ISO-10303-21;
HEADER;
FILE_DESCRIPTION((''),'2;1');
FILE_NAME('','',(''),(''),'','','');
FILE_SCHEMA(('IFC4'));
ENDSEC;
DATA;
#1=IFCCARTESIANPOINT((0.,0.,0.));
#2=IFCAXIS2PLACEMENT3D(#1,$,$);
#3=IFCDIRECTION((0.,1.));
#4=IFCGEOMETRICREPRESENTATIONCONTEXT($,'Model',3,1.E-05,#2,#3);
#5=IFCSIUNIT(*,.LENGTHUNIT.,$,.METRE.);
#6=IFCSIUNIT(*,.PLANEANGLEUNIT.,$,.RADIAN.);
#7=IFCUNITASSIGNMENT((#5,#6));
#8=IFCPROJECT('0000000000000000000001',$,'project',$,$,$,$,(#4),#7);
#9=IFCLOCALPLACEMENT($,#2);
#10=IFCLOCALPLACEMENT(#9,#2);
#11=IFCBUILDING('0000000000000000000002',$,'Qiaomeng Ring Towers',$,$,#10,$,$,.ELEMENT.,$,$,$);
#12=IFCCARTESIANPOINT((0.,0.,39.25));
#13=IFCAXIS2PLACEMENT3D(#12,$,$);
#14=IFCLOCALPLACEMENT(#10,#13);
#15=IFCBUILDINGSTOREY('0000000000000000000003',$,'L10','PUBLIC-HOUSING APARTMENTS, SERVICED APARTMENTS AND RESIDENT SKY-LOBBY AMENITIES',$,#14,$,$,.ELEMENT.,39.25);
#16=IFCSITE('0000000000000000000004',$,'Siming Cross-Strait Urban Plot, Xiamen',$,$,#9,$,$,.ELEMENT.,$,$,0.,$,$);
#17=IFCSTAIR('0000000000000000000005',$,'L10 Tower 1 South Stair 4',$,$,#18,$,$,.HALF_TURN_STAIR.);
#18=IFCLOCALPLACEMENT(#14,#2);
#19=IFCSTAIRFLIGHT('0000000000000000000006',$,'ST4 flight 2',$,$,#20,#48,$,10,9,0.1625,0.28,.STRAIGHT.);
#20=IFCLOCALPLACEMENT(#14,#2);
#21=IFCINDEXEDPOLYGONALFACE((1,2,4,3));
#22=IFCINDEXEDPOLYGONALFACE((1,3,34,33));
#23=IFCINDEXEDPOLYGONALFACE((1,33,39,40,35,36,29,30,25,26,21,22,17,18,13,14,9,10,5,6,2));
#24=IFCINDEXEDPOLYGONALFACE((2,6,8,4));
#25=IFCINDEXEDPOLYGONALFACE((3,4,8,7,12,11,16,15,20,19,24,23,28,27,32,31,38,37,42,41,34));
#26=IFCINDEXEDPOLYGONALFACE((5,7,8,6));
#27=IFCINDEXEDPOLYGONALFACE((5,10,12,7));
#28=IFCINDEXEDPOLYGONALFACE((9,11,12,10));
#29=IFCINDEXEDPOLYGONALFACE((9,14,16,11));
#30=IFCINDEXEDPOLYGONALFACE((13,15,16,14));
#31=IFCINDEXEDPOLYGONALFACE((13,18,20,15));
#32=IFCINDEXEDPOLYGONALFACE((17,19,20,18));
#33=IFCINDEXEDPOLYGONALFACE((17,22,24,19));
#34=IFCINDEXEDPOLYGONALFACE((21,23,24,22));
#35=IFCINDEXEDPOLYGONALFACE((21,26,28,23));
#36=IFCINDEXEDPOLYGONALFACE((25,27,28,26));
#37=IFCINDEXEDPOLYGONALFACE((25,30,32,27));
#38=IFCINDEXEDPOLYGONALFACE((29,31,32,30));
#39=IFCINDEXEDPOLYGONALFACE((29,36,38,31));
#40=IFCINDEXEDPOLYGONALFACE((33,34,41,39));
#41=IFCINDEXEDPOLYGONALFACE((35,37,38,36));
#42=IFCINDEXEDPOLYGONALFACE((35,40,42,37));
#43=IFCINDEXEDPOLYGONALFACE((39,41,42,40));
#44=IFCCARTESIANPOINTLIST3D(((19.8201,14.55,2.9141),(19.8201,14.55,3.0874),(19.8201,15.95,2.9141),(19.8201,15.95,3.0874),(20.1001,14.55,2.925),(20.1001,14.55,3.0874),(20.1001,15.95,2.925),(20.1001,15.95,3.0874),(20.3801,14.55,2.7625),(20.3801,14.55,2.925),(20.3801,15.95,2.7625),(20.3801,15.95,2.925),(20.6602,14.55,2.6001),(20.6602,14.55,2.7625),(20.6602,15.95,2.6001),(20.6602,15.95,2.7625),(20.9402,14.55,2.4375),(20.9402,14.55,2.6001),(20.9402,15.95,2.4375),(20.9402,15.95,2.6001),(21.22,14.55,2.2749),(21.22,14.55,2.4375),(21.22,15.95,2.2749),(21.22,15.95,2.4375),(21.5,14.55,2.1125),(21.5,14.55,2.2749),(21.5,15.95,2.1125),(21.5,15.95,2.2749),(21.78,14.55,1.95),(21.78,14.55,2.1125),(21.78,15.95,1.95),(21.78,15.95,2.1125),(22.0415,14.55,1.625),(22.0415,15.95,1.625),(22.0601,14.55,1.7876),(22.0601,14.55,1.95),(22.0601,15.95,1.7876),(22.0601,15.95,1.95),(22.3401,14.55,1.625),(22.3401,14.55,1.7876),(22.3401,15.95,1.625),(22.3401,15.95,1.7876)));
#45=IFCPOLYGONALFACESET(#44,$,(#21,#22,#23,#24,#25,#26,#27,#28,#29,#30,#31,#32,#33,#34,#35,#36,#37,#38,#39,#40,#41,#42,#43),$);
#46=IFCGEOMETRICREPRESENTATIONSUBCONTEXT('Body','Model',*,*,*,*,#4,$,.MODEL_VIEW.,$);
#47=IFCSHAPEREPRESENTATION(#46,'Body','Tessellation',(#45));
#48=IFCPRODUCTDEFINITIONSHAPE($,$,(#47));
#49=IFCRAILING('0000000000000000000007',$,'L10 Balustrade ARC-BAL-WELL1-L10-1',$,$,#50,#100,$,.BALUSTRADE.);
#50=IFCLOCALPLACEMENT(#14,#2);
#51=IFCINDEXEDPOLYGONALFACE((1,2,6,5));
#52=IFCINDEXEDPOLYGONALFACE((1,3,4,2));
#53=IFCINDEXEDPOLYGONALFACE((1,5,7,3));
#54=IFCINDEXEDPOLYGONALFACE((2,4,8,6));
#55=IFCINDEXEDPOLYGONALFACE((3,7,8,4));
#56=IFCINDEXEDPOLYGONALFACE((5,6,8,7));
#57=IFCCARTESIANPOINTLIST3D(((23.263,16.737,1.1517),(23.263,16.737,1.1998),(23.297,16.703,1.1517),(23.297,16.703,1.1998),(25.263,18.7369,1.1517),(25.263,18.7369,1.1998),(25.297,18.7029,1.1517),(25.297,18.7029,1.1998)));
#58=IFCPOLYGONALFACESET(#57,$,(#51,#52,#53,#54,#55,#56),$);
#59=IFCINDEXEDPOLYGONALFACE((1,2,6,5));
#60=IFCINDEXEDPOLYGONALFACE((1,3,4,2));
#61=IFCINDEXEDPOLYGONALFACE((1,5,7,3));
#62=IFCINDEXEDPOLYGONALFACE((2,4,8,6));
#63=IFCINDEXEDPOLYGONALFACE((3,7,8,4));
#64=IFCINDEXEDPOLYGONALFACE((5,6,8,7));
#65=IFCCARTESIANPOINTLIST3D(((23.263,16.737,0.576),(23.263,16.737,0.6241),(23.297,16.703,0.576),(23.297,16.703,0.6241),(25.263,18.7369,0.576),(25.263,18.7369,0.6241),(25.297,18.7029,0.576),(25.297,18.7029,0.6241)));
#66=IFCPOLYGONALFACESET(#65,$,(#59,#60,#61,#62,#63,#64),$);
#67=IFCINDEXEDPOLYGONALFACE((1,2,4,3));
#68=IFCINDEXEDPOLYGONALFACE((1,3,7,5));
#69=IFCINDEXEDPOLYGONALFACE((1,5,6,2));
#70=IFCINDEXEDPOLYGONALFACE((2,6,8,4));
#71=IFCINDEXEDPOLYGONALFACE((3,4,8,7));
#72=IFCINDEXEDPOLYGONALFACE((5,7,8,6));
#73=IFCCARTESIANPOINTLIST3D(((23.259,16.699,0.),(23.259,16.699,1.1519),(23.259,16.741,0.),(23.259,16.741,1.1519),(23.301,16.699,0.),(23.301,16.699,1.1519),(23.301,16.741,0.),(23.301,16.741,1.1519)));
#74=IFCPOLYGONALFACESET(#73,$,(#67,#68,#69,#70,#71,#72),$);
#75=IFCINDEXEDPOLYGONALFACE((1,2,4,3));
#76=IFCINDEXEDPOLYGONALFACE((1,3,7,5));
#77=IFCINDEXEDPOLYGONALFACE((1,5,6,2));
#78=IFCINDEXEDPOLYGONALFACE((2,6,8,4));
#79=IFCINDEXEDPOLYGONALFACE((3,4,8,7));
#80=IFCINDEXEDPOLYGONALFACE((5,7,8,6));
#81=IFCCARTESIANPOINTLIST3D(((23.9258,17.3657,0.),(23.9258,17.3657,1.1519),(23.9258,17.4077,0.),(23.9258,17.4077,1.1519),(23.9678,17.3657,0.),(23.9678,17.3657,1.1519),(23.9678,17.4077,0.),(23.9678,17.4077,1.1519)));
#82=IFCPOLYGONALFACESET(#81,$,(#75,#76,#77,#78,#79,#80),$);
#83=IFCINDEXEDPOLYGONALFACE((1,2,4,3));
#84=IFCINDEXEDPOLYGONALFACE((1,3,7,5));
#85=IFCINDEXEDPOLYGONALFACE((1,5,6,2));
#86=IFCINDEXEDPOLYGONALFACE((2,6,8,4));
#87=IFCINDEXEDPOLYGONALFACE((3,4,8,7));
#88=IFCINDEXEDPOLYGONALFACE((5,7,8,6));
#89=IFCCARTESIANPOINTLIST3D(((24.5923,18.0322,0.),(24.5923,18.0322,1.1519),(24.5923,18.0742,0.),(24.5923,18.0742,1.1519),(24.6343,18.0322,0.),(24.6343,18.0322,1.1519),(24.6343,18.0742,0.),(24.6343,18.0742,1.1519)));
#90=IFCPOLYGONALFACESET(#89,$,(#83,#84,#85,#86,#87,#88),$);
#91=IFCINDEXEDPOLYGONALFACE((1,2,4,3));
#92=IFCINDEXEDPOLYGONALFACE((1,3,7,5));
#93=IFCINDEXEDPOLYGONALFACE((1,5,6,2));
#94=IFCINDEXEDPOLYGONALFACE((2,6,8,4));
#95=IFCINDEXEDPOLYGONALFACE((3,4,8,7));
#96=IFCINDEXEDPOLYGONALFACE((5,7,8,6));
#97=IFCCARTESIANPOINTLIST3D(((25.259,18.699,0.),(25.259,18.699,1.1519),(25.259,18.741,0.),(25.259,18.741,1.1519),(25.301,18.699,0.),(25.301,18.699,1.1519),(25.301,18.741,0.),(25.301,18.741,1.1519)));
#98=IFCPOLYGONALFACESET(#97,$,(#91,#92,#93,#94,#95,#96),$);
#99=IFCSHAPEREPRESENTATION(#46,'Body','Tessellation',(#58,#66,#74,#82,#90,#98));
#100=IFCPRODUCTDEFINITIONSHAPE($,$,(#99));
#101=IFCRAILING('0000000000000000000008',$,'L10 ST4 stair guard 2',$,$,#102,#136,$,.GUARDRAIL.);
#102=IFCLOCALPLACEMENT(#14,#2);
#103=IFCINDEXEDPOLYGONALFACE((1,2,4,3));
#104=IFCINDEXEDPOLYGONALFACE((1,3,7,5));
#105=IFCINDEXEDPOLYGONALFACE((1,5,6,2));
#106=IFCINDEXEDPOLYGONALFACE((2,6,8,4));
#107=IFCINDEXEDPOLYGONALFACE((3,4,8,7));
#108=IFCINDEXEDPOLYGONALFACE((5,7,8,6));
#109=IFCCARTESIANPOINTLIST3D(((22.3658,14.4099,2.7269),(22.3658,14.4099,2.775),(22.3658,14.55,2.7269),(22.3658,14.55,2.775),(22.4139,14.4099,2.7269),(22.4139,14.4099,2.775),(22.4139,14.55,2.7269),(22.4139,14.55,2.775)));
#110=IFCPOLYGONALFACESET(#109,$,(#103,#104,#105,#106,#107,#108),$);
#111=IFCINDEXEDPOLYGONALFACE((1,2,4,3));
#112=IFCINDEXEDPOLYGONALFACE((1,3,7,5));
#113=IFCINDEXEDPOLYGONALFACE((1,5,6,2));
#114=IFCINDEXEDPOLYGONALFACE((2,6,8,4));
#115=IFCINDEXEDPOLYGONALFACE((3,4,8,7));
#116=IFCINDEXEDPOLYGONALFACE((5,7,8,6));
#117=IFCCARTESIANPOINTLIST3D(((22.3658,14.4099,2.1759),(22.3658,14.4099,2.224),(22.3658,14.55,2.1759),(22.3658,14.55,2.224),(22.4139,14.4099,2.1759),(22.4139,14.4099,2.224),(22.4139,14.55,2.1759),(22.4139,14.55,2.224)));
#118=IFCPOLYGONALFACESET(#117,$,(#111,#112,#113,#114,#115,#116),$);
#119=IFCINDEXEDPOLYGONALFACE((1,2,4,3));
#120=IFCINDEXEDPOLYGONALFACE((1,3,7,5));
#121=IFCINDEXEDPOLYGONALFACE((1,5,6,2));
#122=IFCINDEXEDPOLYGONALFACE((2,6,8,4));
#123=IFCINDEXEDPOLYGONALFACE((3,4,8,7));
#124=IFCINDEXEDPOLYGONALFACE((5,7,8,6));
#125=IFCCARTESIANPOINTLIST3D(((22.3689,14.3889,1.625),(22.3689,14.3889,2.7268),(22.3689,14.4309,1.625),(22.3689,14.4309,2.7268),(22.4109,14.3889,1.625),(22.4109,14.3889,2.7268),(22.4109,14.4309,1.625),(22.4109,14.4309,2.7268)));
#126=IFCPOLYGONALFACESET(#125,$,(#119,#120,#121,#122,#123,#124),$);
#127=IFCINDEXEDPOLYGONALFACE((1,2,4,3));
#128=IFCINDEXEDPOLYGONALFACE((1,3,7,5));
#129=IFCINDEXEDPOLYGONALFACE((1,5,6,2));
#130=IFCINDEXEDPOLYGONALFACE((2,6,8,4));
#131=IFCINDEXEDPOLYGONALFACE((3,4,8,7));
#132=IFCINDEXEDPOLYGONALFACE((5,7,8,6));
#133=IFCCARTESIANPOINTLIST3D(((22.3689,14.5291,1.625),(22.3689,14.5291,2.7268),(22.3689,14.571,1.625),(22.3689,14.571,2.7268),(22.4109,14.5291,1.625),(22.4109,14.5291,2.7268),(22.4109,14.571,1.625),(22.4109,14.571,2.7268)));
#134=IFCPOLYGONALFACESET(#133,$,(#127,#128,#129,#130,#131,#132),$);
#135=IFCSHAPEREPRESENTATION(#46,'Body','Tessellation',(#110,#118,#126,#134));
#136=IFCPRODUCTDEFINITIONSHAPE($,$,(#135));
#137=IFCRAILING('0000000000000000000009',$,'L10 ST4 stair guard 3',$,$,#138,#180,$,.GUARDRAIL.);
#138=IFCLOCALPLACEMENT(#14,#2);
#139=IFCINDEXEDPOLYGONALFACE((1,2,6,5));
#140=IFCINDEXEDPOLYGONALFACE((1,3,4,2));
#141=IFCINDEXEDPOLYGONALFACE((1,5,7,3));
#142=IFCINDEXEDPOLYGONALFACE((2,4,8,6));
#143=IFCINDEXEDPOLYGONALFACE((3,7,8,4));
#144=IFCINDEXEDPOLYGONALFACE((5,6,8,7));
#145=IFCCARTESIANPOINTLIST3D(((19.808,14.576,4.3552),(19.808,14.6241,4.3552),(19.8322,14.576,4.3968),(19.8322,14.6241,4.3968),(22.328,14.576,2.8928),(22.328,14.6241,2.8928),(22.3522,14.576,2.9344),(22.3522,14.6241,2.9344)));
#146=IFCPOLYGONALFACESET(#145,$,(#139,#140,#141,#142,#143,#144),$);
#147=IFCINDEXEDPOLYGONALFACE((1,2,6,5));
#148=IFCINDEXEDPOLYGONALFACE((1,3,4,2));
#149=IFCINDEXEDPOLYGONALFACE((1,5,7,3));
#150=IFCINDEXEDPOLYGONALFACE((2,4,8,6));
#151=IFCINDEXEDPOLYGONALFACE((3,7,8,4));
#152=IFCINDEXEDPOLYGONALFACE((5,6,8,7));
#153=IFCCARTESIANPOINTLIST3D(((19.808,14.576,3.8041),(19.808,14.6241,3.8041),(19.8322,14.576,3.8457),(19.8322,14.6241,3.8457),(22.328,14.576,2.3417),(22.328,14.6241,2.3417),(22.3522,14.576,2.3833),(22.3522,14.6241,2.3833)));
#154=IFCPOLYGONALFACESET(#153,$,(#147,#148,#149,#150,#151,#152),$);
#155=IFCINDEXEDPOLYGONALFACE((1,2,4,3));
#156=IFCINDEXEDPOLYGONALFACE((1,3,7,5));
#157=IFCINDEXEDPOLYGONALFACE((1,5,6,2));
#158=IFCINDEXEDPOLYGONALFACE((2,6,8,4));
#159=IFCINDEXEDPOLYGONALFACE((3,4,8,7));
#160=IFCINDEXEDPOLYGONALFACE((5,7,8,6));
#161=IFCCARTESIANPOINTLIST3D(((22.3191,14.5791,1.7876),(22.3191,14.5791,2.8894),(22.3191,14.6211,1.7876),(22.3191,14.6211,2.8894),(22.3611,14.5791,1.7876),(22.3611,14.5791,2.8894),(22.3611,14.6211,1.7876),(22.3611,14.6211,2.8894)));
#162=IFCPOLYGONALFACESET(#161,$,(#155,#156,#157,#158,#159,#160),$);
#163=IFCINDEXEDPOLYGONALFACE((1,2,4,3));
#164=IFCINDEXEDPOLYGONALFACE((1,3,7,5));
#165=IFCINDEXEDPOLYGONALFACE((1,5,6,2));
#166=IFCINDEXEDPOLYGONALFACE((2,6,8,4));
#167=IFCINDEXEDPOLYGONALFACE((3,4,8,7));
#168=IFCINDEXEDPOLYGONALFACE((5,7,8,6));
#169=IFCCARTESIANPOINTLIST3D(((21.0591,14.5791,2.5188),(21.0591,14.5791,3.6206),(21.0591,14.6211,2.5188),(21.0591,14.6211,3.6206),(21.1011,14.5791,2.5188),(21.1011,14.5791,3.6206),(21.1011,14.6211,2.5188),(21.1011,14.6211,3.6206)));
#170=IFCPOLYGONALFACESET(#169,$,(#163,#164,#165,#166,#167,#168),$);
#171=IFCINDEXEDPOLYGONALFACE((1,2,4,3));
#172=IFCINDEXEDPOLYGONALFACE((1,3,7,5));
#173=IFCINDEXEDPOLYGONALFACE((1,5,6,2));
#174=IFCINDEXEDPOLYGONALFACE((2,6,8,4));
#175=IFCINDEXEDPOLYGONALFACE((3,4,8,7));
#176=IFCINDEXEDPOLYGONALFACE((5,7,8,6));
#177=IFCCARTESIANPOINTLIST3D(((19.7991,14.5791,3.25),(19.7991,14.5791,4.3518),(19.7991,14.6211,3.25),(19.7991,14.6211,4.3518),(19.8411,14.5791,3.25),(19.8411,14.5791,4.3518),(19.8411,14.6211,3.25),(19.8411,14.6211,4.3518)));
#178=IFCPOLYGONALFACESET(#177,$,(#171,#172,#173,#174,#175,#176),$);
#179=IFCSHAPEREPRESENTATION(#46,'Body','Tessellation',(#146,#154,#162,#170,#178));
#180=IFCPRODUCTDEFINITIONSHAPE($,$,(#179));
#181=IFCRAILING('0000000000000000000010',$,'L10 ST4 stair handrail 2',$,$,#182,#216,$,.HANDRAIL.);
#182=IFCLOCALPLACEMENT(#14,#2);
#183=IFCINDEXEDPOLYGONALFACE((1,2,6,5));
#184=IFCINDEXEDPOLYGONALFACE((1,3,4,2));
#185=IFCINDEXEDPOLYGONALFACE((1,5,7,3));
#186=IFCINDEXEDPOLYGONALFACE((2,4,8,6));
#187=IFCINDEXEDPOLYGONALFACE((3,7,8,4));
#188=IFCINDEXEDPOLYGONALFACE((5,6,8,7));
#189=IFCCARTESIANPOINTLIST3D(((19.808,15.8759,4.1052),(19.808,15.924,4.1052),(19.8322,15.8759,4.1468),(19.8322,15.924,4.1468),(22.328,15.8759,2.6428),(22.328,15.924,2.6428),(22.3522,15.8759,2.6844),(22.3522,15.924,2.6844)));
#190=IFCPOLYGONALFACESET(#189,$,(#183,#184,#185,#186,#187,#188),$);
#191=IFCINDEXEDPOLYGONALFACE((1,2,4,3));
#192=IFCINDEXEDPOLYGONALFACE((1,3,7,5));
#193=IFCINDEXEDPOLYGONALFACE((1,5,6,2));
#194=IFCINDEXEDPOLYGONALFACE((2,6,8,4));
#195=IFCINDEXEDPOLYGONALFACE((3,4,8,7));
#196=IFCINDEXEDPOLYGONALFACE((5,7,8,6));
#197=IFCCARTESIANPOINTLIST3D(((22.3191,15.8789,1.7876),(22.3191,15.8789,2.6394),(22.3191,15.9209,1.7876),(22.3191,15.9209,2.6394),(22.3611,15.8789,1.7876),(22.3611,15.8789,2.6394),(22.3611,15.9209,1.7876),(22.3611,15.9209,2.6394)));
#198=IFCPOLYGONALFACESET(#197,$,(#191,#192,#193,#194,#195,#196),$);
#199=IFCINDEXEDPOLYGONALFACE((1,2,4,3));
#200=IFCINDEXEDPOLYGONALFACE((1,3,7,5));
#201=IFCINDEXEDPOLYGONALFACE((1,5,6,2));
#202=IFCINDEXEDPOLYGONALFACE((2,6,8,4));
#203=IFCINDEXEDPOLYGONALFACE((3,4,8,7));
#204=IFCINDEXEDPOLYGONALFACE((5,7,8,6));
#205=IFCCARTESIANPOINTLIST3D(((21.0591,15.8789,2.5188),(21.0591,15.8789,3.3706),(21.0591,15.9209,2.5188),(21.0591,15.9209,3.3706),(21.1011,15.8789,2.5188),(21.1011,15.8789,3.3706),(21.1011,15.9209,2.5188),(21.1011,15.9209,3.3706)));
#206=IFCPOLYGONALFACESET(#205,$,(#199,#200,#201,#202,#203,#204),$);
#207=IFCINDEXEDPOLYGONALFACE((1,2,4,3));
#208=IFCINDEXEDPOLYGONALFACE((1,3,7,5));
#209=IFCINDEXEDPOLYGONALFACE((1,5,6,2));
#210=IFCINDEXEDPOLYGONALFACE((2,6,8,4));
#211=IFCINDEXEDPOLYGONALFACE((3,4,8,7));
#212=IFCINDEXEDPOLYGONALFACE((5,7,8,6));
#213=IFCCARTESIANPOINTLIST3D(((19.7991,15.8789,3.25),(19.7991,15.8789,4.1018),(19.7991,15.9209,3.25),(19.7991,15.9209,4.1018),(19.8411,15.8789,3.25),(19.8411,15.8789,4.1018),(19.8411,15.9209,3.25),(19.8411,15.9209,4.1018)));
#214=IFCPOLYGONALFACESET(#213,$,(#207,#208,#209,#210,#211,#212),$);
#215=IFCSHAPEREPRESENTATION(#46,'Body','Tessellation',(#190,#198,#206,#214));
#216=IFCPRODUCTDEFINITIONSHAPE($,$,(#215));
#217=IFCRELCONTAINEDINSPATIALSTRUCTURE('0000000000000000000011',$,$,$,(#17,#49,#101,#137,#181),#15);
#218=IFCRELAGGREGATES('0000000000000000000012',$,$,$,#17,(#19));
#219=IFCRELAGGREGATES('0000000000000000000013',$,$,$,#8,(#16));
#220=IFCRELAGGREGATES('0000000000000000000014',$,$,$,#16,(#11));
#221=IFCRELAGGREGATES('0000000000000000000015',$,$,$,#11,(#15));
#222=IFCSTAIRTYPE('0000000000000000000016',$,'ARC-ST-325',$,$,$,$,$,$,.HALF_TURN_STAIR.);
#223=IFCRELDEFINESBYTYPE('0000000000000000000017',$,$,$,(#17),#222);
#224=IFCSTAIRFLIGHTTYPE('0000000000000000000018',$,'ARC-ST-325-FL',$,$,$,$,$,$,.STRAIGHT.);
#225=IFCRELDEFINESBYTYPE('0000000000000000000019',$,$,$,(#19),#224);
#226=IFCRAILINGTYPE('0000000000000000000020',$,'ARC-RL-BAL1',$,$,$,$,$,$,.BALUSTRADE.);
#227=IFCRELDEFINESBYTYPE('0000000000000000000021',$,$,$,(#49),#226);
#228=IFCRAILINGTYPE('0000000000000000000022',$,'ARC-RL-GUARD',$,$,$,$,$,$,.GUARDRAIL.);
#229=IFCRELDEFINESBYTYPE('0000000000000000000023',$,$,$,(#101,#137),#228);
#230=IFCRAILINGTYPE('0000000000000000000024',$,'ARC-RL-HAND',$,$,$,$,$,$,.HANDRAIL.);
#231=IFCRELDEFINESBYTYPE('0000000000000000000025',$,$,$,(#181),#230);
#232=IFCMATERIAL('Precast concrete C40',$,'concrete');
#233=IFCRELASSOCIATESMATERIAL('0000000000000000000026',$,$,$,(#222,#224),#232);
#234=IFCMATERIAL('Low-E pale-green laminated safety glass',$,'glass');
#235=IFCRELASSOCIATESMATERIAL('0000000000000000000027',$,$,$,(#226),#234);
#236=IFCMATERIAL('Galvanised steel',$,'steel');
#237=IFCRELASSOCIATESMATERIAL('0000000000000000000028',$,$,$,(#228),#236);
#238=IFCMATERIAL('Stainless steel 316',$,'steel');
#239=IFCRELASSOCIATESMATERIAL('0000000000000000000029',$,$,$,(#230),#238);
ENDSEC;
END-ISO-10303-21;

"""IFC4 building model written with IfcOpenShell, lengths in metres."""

from ifc_helpers import new_model, si_unit, direction, frame, origin, origin_2d, place, context, subcontext, project, spatial, polyline, rectangle, outline, extrude, source, transform, mapped, material, type_object, element, aggregate, save


model = new_model("IFC4")

# Units and contexts
model_context = context("Model", 3, precision=1e-05, world=origin(), true_north=direction((0.0, 1.0)))
body_context = subcontext(model_context, "Body", "Model", "MODEL_VIEW")
ifc_project = project(units=[si_unit("LENGTHUNIT", "METRE"), si_unit("PLANEANGLEUNIT", "RADIAN")], contexts=[model_context])

# Site, building, storey
site_placement = place(None, origin())
site = spatial("IfcSite", under=ifc_project, at=site_placement, Name="Siming Cross-Strait Urban Plot, Xiamen", CompositionType="ELEMENT", RefElevation=0.0)
building_placement = place(site_placement, origin())
building = spatial("IfcBuilding", under=site, at=building_placement, Name="Qiaomeng Ring Towers", CompositionType="ELEMENT")
storey_placement = place(building_placement, frame((0.0, 0.0, 39.25)))
storey = spatial("IfcBuildingStorey", under=building, at=storey_placement, Name="L10", Description="PUBLIC-HOUSING APARTMENTS, SERVICED APARTMENTS AND RESIDENT SKY-LOBBY AMENITIES", CompositionType="ELEMENT", Elevation=39.25)

# Shared definitions
ifc_material_1 = material(Name="Galvanised steel", Category="steel")

# Shared definitions
ifc_material_2 = material(Name="Stainless steel 316", Category="steel")

# Stair, stair flight
ifc_material_3 = material(Name="Precast concrete C40", Category="concrete")
stair_type = type_object("IfcStairType", Name="ARC-ST-325", PredefinedType="HALF_TURN_STAIR", material=ifc_material_3)
stair_placement = place(storey_placement, origin())
stair = element("IfcStair", 1, at=stair_placement, inside=storey, type_object=stair_type, Name="L10 Tower 1 South Stair 4", PredefinedType="HALF_TURN_STAIR")
stair_flight_type = type_object("IfcStairFlightType", Name="ARC-ST-325-FL", PredefinedType="STRAIGHT", material=ifc_material_3)
shared_shape_1 = source(origin(), body_context, "Body", "SweptSolid", [
    extrude(outline(polyline([(0.0, 0.0), (0.0, 0.1626), (0.28, 0.1626), (0.28, 0.325), (0.5601, 0.325), (0.5601, 0.4875), (0.8401, 0.4875), (0.8401, 0.6499), (1.1201, 0.6499), (1.1201, 0.8125), (1.3999, 0.8125), (1.3999, 0.9751), (1.6799, 0.9751), (1.6799, 1.1375), (1.96, 1.1375), (1.96, 1.3), (2.24, 1.3), (2.24, 1.4624), (2.52, 1.4624), (2.52, 1.625), (2.52, 1.2891), (0.2986, 0.0), (0.0, 0.0)])), frame((0.0, 0.7, 0.0), z_axis=(0.0, -1.0, 0.0), x_axis=(1.0, 0.0, 0.0)), (0.0, 0.0, 1.0), 1.3999),
])
stair_flight_placement = place(storey_placement, frame((22.3401, 15.25, 1.625), z_axis=(0.0, 0.0, 1.0), x_axis=(-1.0, 0.0, 0.0)))
stair_flight = element("IfcStairFlight", 2, at=stair_flight_placement, type_object=stair_flight_type, Name="ST4 flight 2", NumberOfRisers=10, NumberOfTreads=9, PredefinedType="STRAIGHT", RiserHeight=0.1625, TreadLength=0.28, context=body_context, shape_type="MappedRepresentation", body=[
    mapped(shared_shape_1, transform((0.0, 0.0, 0.0), x_axis=(1.0, 0.0, 0.0), y_axis=(0.0, 1.0, 0.0), z_axis=(0.0, 0.0, 1.0), scale=1.0)),
])
aggregate(stair, [stair_flight])

# Railings
ifc_material_4 = material(Name="Low-E pale-green laminated safety glass", Category="glass")
railing_type_1 = type_object("IfcRailingType", Name="ARC-RL-BAL1", PredefinedType="BALUSTRADE", material=ifc_material_4)
railing_1_placement = place(storey_placement, frame((23.28, 16.72, 0.0)))
element("IfcRailing", 3, at=railing_1_placement, inside=storey, type_object=railing_type_1, Name="L10 Balustrade ARC-BAL-WELL1-L10-1", PredefinedType="BALUSTRADE", context=body_context, shape_type="SweptSolid", body=[
    extrude(rectangle(XDim=0.0481, YDim=0.0481, at=origin_2d()), frame((0.0, 0.0, 1.1758), z_axis=(0.707107, 0.707107, 0.0), x_axis=(-0.707107, 0.707107, 0.0)), (0.0, 0.0, 1.0), 2.8284),
    extrude(rectangle(XDim=0.0481, YDim=0.0481, at=origin_2d()), frame((0.0, 0.0, 0.6001), z_axis=(0.707107, 0.707107, 0.0), x_axis=(-0.707107, 0.707107, 0.0)), (0.0, 0.0, 1.0), 2.8284),
    extrude(rectangle(XDim=0.042, YDim=0.042, at=origin_2d()), origin(), (0.0, 0.0, 1.0), 1.1519),
    extrude(rectangle(XDim=0.042, YDim=0.042, at=origin_2d()), frame((0.6667, 0.6667, 0.0)), (0.0, 0.0, 1.0), 1.1519),
    extrude(rectangle(XDim=0.042, YDim=0.042, at=origin_2d()), frame((1.3333, 1.3333, 0.0)), (0.0, 0.0, 1.0), 1.1519),
    extrude(rectangle(XDim=0.042, YDim=0.042, at=origin_2d()), frame((2.0, 2.0, 0.0)), (0.0, 0.0, 1.0), 1.1519),
])
railing_type_2 = type_object("IfcRailingType", Name="ARC-RL-GUARD", PredefinedType="GUARDRAIL", material=ifc_material_1)
railing_2_placement = place(storey_placement, frame((22.3899, 14.4099, 1.625)))
element("IfcRailing", 4, at=railing_2_placement, inside=storey, type_object=railing_type_2, Name="L10 ST4 stair guard 2", PredefinedType="GUARDRAIL", context=body_context, shape_type="SweptSolid", body=[
    extrude(rectangle(XDim=0.0481, YDim=0.0481, at=origin_2d()), frame((0.0, 0.0, 1.126), z_axis=(0.0, 1.0, 0.0), x_axis=(-1.0, 0.0, 0.0)), (0.0, 0.0, 1.0), 0.1401),
    extrude(rectangle(XDim=0.0481, YDim=0.0481, at=origin_2d()), frame((0.0, 0.0, 0.575), z_axis=(0.0, 1.0, 0.0), x_axis=(-1.0, 0.0, 0.0)), (0.0, 0.0, 1.0), 0.1401),
    extrude(rectangle(XDim=0.042, YDim=0.042, at=origin_2d()), origin(), (0.0, 0.0, 1.0), 1.1018),
    extrude(rectangle(XDim=0.042, YDim=0.042, at=origin_2d()), frame((0.0, 0.1401, 0.0)), (0.0, 0.0, 1.0), 1.1018),
])
railing_3_placement = place(storey_placement, frame((22.3401, 14.6001, 1.7876)))
element("IfcRailing", 5, at=railing_3_placement, inside=storey, type_object=railing_type_2, Name="L10 ST4 stair guard 3", PredefinedType="GUARDRAIL", context=body_context, shape_type="SweptSolid", body=[
    extrude(rectangle(XDim=0.0481, YDim=0.0481, at=origin_2d()), frame((0.0, 0.0, 1.126), z_axis=(-0.864913, 0.0, 0.501921), x_axis=(0.0, -1.0, 0.0)), (0.0, 0.0, 1.0), 2.9136),
    extrude(rectangle(XDim=0.0481, YDim=0.0481, at=origin_2d()), frame((0.0, 0.0, 0.575), z_axis=(-0.864913, 0.0, 0.501921), x_axis=(0.0, -1.0, 0.0)), (0.0, 0.0, 1.0), 2.9136),
    extrude(rectangle(XDim=0.042, YDim=0.042, at=origin_2d()), origin(), (0.0, 0.0, 1.0), 1.1018),
    extrude(rectangle(XDim=0.042, YDim=0.042, at=origin_2d()), frame((-1.26, 0.0, 0.7312)), (0.0, 0.0, 1.0), 1.1018),
    extrude(rectangle(XDim=0.042, YDim=0.042, at=origin_2d()), frame((-2.52, 0.0, 1.4624)), (0.0, 0.0, 1.0), 1.1018),
])
railing_type_3 = type_object("IfcRailingType", Name="ARC-RL-HAND", PredefinedType="HANDRAIL", material=ifc_material_2)
railing_4_placement = place(storey_placement, frame((22.3401, 15.8999, 1.7876)))
element("IfcRailing", 6, at=railing_4_placement, inside=storey, type_object=railing_type_3, Name="L10 ST4 stair handrail 2", PredefinedType="HANDRAIL", context=body_context, shape_type="SweptSolid", body=[
    extrude(rectangle(XDim=0.0481, YDim=0.0481, at=origin_2d()), frame((0.0, 0.0, 0.876), z_axis=(-0.864913, 0.0, 0.501921), x_axis=(0.0, -1.0, 0.0)), (0.0, 0.0, 1.0), 2.9136),
    extrude(rectangle(XDim=0.042, YDim=0.042, at=origin_2d()), origin(), (0.0, 0.0, 1.0), 0.8518),
    extrude(rectangle(XDim=0.042, YDim=0.042, at=origin_2d()), frame((-1.26, 0.0, 0.7312)), (0.0, 0.0, 1.0), 0.8518),
    extrude(rectangle(XDim=0.042, YDim=0.042, at=origin_2d()), frame((-2.52, 0.0, 1.4624)), (0.0, 0.0, 1.0), 0.8518),
])

save(model, "model.ifc")
